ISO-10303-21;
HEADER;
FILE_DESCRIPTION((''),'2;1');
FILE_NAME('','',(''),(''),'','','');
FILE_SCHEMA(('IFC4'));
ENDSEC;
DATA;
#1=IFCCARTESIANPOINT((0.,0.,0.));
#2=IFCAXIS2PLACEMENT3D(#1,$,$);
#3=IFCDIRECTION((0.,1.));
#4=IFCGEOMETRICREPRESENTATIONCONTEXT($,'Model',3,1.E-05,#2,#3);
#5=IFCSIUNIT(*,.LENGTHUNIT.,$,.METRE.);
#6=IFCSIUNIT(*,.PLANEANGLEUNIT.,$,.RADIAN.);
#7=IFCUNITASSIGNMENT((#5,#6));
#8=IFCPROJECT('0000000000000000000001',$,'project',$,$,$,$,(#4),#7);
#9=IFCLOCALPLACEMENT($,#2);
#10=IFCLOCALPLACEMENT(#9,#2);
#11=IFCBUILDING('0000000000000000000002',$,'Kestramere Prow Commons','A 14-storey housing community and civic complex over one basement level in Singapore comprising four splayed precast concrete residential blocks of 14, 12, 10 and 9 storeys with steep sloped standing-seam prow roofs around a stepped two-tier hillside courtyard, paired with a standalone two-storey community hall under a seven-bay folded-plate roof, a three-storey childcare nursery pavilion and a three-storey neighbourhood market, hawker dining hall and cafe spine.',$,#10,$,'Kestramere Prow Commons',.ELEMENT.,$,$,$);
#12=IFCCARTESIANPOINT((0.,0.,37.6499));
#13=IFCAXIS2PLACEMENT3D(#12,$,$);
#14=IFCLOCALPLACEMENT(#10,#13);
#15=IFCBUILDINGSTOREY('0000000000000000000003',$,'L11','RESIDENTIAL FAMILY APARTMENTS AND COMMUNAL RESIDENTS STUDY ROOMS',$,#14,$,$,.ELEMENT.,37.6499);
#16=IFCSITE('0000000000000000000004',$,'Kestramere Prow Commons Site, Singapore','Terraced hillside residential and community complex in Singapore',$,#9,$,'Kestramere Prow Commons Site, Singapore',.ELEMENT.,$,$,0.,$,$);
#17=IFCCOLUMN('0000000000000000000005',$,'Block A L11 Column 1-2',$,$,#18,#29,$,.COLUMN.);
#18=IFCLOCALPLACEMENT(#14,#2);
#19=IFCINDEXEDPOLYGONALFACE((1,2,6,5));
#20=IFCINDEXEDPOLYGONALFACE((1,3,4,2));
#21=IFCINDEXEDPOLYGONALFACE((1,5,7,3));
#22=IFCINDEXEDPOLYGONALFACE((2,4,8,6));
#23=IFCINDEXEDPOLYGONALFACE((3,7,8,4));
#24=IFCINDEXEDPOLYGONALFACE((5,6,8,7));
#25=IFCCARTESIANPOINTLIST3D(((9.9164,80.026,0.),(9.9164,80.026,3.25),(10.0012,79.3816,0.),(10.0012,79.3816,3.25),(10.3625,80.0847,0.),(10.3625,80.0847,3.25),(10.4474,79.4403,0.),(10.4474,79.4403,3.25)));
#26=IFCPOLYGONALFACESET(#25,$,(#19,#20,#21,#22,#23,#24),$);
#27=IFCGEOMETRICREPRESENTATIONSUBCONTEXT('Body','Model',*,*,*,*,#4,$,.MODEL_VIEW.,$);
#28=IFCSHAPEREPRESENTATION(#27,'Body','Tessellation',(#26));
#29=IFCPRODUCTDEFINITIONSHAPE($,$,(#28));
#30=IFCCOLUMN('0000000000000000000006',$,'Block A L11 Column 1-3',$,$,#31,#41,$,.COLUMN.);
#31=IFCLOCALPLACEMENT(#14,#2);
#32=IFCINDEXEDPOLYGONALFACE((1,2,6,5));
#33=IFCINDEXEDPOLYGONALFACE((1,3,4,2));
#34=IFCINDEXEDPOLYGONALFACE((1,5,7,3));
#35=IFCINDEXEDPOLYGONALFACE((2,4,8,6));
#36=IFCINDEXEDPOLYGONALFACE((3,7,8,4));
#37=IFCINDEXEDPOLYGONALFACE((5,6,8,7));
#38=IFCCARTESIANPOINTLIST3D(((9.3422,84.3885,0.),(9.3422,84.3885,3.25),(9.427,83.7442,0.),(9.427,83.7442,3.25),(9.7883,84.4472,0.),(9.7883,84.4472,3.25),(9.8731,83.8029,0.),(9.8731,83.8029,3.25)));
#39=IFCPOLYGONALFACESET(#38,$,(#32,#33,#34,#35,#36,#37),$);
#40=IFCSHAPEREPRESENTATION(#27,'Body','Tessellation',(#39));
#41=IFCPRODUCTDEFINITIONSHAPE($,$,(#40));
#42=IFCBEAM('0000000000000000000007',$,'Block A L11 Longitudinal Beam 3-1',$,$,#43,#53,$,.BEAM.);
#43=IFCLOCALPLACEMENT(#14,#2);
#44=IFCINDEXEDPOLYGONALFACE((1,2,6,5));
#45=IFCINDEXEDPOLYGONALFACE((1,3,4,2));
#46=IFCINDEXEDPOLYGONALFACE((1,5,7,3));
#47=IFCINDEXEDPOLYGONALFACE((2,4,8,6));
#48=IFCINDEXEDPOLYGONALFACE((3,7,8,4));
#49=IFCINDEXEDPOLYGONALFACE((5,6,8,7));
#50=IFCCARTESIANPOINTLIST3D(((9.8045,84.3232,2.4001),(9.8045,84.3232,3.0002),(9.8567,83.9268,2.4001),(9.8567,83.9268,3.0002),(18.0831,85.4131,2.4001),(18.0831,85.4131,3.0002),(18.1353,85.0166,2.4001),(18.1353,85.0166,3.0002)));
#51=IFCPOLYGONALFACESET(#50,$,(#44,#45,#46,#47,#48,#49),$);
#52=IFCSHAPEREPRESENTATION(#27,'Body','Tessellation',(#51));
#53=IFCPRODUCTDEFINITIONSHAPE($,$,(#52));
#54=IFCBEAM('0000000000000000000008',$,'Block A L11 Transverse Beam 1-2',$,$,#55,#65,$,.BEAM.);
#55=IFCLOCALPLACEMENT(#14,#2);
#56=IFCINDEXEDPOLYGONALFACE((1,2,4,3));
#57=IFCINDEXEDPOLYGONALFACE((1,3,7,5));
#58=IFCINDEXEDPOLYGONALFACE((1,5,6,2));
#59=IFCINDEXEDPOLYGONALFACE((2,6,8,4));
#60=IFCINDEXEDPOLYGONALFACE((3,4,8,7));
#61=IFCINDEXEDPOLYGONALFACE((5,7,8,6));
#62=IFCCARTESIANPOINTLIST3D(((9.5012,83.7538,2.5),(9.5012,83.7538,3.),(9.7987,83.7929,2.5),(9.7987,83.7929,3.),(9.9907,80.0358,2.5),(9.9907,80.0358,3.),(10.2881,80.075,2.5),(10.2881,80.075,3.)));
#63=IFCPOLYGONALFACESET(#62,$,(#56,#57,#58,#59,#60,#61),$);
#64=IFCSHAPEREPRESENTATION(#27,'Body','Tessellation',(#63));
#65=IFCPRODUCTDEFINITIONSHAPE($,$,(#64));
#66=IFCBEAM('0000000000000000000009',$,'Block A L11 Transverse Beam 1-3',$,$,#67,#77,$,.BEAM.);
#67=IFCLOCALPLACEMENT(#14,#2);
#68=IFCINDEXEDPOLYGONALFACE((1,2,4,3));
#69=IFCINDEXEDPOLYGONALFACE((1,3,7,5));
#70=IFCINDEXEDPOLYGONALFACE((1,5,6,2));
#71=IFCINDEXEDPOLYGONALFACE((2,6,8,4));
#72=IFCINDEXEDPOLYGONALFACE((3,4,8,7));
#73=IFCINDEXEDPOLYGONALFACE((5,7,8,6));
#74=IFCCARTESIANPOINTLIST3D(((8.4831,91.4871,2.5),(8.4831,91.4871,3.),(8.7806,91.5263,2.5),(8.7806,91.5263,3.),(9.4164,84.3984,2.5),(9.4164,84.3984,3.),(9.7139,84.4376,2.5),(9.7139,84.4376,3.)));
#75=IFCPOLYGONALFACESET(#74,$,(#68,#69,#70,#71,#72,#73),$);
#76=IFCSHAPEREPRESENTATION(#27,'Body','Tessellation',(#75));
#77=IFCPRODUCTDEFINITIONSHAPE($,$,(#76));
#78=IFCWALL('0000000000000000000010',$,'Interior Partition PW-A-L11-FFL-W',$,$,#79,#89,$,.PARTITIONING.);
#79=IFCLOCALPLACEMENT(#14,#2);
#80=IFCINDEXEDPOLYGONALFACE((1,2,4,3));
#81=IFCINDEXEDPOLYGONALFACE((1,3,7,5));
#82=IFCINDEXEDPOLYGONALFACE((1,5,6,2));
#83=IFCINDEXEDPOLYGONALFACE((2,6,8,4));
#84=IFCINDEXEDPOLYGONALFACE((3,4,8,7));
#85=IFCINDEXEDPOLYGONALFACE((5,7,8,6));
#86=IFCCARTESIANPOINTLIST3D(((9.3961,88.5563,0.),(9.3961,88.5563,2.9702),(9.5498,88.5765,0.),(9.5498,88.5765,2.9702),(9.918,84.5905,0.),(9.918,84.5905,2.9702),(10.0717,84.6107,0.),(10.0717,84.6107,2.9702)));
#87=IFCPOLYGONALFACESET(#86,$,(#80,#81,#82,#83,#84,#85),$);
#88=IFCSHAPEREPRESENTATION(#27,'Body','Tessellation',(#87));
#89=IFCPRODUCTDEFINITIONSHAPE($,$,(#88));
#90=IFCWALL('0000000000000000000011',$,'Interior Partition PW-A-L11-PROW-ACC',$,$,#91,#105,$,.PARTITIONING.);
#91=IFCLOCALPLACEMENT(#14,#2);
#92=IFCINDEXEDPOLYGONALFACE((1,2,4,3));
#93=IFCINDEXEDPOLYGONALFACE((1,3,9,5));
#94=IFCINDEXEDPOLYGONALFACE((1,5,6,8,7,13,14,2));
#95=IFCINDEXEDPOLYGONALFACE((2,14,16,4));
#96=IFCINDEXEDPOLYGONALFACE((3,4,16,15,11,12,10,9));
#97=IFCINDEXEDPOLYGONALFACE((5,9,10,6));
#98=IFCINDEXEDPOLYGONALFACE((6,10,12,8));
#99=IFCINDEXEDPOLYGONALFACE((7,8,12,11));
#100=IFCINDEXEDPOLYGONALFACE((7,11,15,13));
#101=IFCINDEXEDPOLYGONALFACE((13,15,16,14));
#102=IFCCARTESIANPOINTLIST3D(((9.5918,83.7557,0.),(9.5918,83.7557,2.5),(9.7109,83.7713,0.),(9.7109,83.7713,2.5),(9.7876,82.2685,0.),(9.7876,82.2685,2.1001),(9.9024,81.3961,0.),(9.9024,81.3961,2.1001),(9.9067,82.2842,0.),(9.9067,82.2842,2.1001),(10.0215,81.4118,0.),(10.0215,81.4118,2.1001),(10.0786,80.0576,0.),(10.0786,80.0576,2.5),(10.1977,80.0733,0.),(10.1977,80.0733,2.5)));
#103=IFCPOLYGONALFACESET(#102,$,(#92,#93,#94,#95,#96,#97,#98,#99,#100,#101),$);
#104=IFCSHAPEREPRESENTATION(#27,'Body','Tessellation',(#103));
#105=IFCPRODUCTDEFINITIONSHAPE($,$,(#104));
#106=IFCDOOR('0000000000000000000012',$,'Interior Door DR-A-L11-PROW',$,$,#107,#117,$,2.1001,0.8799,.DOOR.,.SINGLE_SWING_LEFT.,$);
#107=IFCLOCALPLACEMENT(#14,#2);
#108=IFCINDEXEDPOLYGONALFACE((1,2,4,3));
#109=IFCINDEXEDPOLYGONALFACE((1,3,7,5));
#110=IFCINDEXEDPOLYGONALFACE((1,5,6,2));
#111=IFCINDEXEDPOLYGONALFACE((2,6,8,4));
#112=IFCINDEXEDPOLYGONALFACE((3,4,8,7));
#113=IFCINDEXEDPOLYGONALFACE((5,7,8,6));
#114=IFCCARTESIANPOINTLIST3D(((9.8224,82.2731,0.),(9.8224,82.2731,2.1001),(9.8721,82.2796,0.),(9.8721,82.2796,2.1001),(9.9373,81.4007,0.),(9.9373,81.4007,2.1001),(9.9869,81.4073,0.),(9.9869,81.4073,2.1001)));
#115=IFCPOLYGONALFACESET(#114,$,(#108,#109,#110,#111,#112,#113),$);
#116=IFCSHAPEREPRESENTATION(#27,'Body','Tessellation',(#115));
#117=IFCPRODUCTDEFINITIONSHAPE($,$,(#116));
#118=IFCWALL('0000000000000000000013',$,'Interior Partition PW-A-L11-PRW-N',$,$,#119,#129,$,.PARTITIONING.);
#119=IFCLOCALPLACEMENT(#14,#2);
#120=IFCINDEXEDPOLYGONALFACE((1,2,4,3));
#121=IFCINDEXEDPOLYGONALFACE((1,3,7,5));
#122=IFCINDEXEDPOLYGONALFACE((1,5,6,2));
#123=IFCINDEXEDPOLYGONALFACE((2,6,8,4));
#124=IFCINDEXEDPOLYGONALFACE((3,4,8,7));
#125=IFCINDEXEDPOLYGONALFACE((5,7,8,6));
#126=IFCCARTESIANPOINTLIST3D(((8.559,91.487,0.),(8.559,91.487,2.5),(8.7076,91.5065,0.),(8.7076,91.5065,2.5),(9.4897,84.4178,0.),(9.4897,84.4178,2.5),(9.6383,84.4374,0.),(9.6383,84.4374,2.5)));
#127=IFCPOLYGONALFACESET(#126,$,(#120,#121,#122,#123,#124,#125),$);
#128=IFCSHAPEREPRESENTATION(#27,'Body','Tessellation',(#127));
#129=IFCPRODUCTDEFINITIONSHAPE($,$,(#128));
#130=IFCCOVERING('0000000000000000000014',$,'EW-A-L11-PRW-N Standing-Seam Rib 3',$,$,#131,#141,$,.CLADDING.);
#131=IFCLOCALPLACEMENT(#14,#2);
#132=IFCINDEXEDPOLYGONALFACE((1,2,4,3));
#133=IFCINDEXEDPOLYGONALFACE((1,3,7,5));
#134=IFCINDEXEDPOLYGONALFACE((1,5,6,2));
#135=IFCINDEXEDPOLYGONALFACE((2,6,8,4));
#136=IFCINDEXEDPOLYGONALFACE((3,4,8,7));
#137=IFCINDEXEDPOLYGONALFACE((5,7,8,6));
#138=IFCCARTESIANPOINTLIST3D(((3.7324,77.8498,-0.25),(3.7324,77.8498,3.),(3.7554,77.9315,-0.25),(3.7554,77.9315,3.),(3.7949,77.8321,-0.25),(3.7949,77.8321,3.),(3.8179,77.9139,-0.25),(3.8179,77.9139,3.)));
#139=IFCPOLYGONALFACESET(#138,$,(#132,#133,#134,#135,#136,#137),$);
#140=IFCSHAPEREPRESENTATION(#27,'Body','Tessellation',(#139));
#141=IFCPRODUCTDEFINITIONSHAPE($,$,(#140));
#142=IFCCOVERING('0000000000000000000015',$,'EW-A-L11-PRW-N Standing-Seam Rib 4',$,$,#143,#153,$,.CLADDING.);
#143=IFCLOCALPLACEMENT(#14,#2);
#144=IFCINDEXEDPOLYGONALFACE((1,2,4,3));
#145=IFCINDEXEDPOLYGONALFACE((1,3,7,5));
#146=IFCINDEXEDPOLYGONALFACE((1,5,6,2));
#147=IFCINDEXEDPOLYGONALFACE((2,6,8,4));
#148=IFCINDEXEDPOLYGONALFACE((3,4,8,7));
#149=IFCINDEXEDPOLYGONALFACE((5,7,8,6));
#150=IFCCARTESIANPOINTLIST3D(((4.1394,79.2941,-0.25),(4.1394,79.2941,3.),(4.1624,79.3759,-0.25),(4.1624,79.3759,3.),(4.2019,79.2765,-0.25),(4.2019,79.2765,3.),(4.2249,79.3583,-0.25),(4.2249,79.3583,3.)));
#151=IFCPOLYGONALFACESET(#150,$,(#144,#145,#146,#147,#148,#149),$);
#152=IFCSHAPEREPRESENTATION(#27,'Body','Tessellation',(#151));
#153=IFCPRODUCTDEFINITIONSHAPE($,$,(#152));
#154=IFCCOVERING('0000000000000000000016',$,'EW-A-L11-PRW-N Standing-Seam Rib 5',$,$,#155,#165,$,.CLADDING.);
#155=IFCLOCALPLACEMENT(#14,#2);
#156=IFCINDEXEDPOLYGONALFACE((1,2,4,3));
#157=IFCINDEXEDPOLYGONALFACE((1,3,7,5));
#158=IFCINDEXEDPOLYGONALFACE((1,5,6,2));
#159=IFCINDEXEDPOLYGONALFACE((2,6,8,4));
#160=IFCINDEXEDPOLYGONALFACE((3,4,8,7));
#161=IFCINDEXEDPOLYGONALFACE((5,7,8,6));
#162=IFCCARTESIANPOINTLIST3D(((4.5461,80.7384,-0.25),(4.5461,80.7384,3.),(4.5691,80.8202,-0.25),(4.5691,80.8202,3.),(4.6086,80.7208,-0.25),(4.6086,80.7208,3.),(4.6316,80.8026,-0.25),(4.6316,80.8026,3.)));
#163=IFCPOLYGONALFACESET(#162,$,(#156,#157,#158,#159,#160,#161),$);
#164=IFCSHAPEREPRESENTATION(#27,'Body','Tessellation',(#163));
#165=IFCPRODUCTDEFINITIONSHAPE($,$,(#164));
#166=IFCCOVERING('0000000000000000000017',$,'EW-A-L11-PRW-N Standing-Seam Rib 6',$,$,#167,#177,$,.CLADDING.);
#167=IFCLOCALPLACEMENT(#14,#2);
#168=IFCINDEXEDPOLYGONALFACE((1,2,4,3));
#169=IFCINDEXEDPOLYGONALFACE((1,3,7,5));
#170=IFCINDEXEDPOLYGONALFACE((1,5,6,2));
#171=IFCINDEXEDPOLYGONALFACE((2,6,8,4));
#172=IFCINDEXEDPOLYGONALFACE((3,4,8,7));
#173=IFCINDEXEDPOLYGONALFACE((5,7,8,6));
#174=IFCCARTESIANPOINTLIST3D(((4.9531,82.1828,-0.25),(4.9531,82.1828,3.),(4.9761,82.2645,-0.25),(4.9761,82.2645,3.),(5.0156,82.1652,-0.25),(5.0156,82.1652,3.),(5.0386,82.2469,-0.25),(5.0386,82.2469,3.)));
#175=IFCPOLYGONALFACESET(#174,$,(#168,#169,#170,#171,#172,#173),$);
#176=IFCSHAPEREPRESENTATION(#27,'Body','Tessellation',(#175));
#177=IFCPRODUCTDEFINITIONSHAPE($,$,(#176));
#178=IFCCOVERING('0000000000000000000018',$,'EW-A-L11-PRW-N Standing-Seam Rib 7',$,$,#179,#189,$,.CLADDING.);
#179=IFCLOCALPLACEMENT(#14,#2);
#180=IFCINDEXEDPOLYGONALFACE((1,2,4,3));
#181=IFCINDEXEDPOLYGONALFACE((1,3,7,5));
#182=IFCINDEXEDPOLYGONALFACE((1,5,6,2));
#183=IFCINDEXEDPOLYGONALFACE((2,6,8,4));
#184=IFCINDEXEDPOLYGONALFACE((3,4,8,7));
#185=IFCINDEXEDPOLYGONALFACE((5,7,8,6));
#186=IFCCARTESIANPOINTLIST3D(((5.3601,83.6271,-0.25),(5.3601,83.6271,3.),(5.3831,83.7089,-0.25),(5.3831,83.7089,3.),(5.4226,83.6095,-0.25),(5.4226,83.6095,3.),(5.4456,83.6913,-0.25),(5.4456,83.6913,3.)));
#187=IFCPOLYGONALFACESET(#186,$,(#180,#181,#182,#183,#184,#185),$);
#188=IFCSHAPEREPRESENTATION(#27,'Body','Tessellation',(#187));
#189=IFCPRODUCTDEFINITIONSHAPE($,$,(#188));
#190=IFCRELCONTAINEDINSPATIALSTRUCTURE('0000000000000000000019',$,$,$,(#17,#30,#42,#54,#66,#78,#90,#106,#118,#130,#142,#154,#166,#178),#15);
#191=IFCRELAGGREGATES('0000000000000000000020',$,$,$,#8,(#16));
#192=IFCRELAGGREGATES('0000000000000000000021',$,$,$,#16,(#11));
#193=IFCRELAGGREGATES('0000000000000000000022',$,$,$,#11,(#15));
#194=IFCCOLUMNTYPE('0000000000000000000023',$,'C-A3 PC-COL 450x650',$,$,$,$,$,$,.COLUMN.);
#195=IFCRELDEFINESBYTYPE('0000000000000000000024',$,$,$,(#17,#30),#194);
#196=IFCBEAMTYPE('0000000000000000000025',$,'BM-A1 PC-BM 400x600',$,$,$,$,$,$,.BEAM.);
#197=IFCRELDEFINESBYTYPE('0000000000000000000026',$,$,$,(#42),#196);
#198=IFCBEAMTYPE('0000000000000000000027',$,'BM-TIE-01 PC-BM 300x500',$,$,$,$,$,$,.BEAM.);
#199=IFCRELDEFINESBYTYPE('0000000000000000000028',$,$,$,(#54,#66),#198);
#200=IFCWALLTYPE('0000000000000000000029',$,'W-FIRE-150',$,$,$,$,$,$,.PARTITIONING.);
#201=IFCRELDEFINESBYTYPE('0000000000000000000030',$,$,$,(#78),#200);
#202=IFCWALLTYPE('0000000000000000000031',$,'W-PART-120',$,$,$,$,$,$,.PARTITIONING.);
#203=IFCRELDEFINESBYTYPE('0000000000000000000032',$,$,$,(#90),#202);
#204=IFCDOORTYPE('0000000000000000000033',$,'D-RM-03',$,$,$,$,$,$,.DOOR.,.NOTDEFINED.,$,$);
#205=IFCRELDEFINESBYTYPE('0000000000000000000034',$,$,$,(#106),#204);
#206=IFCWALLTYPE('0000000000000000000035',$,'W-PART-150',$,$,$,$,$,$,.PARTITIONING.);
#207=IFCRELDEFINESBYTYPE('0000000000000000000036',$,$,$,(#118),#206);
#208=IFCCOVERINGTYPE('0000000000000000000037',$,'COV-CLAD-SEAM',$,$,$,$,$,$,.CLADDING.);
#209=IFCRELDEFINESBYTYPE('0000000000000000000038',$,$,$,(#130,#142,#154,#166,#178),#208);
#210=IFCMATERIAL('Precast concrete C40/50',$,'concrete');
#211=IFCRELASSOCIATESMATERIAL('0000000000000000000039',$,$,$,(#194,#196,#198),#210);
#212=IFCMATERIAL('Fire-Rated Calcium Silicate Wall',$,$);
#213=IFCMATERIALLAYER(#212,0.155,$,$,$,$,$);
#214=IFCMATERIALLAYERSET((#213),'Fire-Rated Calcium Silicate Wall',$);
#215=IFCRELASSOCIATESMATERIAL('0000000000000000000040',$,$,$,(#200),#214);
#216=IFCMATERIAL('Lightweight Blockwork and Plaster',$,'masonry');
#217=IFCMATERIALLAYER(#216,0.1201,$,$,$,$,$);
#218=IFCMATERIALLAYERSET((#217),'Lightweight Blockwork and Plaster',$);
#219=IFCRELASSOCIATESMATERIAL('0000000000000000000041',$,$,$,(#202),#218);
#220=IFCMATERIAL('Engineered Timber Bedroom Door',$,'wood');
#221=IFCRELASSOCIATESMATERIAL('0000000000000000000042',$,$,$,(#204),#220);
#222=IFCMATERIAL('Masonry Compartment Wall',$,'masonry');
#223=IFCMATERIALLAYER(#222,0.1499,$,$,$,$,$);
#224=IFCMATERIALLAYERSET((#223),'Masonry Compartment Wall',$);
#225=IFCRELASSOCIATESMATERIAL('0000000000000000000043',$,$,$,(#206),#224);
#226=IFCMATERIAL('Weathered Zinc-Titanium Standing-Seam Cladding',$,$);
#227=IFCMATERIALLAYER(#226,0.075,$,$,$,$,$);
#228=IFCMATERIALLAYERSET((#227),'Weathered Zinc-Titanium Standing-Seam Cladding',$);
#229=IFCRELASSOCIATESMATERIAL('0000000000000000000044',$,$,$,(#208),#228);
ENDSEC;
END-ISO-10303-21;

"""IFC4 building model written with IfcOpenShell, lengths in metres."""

from ifc_helpers import new_model, si_unit, direction, frame, frame_2d, origin, origin_2d, place, context, subcontext, project, spatial, rectangle, extrude, material, layer, layer_set, material_profile, profile_set, type_object, element, fill, save


model = new_model("IFC4")

# Units and contexts
model_context = context("Model", 3, precision=1e-05, world=origin(), true_north=direction((0.0, 1.0)))
body_context = subcontext(model_context, "Body", "Model", "MODEL_VIEW")
ifc_project = project(units=[si_unit("LENGTHUNIT", "METRE"), si_unit("PLANEANGLEUNIT", "RADIAN")], contexts=[model_context])

# Site, building, storey
site_placement = place(None, origin())
site = spatial("IfcSite", under=ifc_project, at=site_placement, Name="Kestramere Prow Commons Site, Singapore", Description="Terraced hillside residential and community complex in Singapore", LongName="Kestramere Prow Commons Site, Singapore", CompositionType="ELEMENT", RefElevation=0.0)
building_placement = place(site_placement, origin())
building = spatial("IfcBuilding", under=site, at=building_placement, Name="Kestramere Prow Commons", Description="A 14-storey housing community and civic complex over one basement level in Singapore comprising four splayed precast concrete residential blocks of 14, 12, 10 and 9 storeys with steep sloped standing-seam prow roofs around a stepped two-tier hillside courtyard, paired with a standalone two-storey community hall under a seven-bay folded-plate roof, a three-storey childcare nursery pavilion and a three-storey neighbourhood market, hawker dining hall and cafe spine.", LongName="Kestramere Prow Commons", CompositionType="ELEMENT")
storey_placement = place(building_placement, frame((0.0, 0.0, 37.6499)))
storey = spatial("IfcBuildingStorey", under=building, at=storey_placement, Name="L11", Description="RESIDENTIAL FAMILY APARTMENTS AND COMMUNAL RESIDENTS STUDY ROOMS", CompositionType="ELEMENT", Elevation=37.6499)

# Columns
ifc_material_1 = material(Name="Precast concrete C40/50", Category="concrete")
ifc_material_profile_1 = material_profile(ifc_material_1, rectangle(XDim=0.45, YDim=0.6499, at=origin_2d()), Name="PC-COL 450x650")
ifc_profile_set_1 = profile_set([ifc_material_profile_1], Name="Precast concrete C40/50")
column_type = type_object("IfcColumnType", Name="C-A3 PC-COL 450x650", PredefinedType="COLUMN", material=ifc_profile_set_1)
for number, where, z_axis, x_axis, name in (
    (1, (10.1819, 79.7332, 0.0), (0.0, 0.0, 1.0), (0.991445, 0.130526, 0.0), "Block A L11 Column 1-2"),
    (2, (9.6077, 84.0957, 0.0), (0.0, 0.0, 1.0), (0.991445, 0.130526, 0.0), "Block A L11 Column 1-3"),
):
    element("IfcColumn", number, at=place(storey_placement, frame(where, z_axis=z_axis, x_axis=x_axis)), inside=storey, type_object=column_type, Name=name, PredefinedType="COLUMN", context=body_context, shape_type="SweptSolid", body=[
        extrude(rectangle(XDim=0.45, YDim=0.6499, at=origin_2d()), origin(), (0.0, 0.0, 1.0), 3.25),
    ])

# Beams
ifc_material_profile_2 = material_profile(ifc_material_1, rectangle(XDim=0.3999, YDim=0.6001, at=origin_2d()), Name="PC-BM 400x600")
ifc_profile_set_2 = profile_set([ifc_material_profile_2], Name="Precast concrete C40/50")
beam_type_1 = type_object("IfcBeamType", Name="BM-A1 PC-BM 400x600", PredefinedType="BEAM", material=ifc_profile_set_2)
beam_1_placement = place(storey_placement, frame((9.8306, 84.125, 2.7002), z_axis=(0.991446, 0.13052, 0.0), x_axis=(-0.13052, 0.991446, 0.0)))
element("IfcBeam", 3, at=beam_1_placement, inside=storey, type_object=beam_type_1, Name="Block A L11 Longitudinal Beam 3-1", PredefinedType="BEAM", context=body_context, shape_type="SweptSolid", body=[
    extrude(rectangle(XDim=0.3999, YDim=0.6001, at=origin_2d()), origin(), (0.0, 0.0, 1.0), 8.3501),
])
ifc_material_profile_3 = material_profile(ifc_material_1, rectangle(XDim=0.3, YDim=0.5, at=origin_2d()), Name="PC-BM 300x500")
ifc_profile_set_3 = profile_set([ifc_material_profile_3], Name="Precast concrete C40/50")
beam_type_2 = type_object("IfcBeamType", Name="BM-TIE-01 PC-BM 300x500", PredefinedType="BEAM", material=ifc_profile_set_3)
beam_2_placement = place(storey_placement, frame((10.1394, 80.0554, 2.75), z_axis=(-0.13053, 0.991444, 0.0), x_axis=(-0.991444, -0.13053, 0.0)))
element("IfcBeam", 4, at=beam_2_placement, inside=storey, type_object=beam_type_2, Name="Block A L11 Transverse Beam 1-2", PredefinedType="BEAM", context=body_context, shape_type="SweptSolid", body=[
    extrude(rectangle(XDim=0.3, YDim=0.5, at=origin_2d()), origin(), (0.0, 0.0, 1.0), 3.75),
])
beam_3_placement = place(storey_placement, frame((9.5652, 84.418, 2.75), z_axis=(-0.130542, 0.991443, 0.0), x_axis=(-0.991443, -0.130542, 0.0)))
element("IfcBeam", 5, at=beam_3_placement, inside=storey, type_object=beam_type_2, Name="Block A L11 Transverse Beam 1-3", PredefinedType="BEAM", context=body_context, shape_type="SweptSolid", body=[
    extrude(rectangle(XDim=0.3, YDim=0.5, at=origin_2d()), origin(), (0.0, 0.0, 1.0), 7.1499),
])

# Shared definitions
ifc_material_2 = material(Name="Fire-Rated Calcium Silicate Wall")
ifc_layer_1 = layer(ifc_material_2, 0.155)
ifc_layer_set_1 = layer_set([ifc_layer_1], Name="Fire-Rated Calcium Silicate Wall")
wall_type_1 = type_object("IfcWallType", Name="W-FIRE-150", PredefinedType="PARTITIONING", material=ifc_layer_set_1)

# Wall
wall_1_placement = place(storey_placement, frame((9.9949, 84.6006, 0.0), z_axis=(0.0, 0.0, 1.0), x_axis=(-0.130492, 0.991449, 0.0)))
element("IfcWall", 6, at=wall_1_placement, inside=storey, type_object=wall_type_1, Name="Interior Partition PW-A-L11-FFL-W", PredefinedType="PARTITIONING", context=body_context, shape_type="SweptSolid", body=[
    extrude(rectangle(XDim=4.0, YDim=0.155, at=frame_2d((2.0, 0.0))), origin(), (0.0, 0.0, 1.0), 2.9702),
])

# Wall, opening, door
ifc_material_3 = material(Name="Lightweight Blockwork and Plaster", Category="masonry")
ifc_layer_2 = layer(ifc_material_3, 0.1201)
ifc_layer_set_2 = layer_set([ifc_layer_2], Name="Lightweight Blockwork and Plaster")
wall_type_2 = type_object("IfcWallType", Name="W-PART-120", PredefinedType="PARTITIONING", material=ifc_layer_set_2)
wall_2_placement = place(storey_placement, frame((10.1382, 80.0654, 0.0), z_axis=(0.0, 0.0, 1.0), x_axis=(-0.130517, 0.991446, 0.0)))
wall_2 = element("IfcWall", 7, at=wall_2_placement, inside=storey, type_object=wall_type_2, Name="Interior Partition PW-A-L11-PROW-ACC", PredefinedType="PARTITIONING", context=body_context, shape_type="SweptSolid", body=[
    extrude(rectangle(XDim=3.73, YDim=0.1201, at=frame_2d((1.865, 0.0))), origin(), (0.0, 0.0, 1.0), 2.5),
])
opening_1_placement = place(wall_2_placement, frame((1.3501, 0.0, 0.0)))
opening_1 = element("IfcOpeningElement", 8, at=opening_1_placement, cuts=wall_2, PredefinedType="OPENING", context=body_context, shape_type="SweptSolid", body=[
    extrude(rectangle(XDim=0.8799, YDim=2.1001, at=frame_2d((0.4399, 1.05))), frame((0.0, 0.075, 0.0), z_axis=(0.0, -1.0, 0.0), x_axis=(1.0, 0.0, 0.0)), (0.0, 0.0, 1.0), 0.1501),
])
ifc_material_4 = material(Name="Engineered Timber Bedroom Door", Category="wood")
door_type_1 = type_object("IfcDoorType", Name="D-RM-03", OperationType="NOTDEFINED", PredefinedType="DOOR", material=ifc_material_4)
door_1_placement = place(opening_1_placement, origin())
door_1 = element("IfcDoor", 9, at=door_1_placement, inside=storey, type_object=door_type_1, Name="Interior Door DR-A-L11-PROW", OperationType="SINGLE_SWING_LEFT", OverallHeight=2.1001, OverallWidth=0.8799, PredefinedType="DOOR", context=body_context, shape_type="SweptSolid", body=[
    extrude(rectangle(XDim=0.8799, YDim=2.1001, at=frame_2d((0.4399, 1.05))), frame((0.0, 0.0249, 0.0), z_axis=(0.0, -1.0, 0.0), x_axis=(1.0, 0.0, 0.0)), (0.0, 0.0, 1.0), 0.05),
])
fill(opening_1, door_1)

# Wall
ifc_material_5 = material(Name="Masonry Compartment Wall", Category="masonry")
ifc_layer_3 = layer(ifc_material_5, 0.1499)
ifc_layer_set_3 = layer_set([ifc_layer_3], Name="Masonry Compartment Wall")
wall_type_3 = type_object("IfcWallType", Name="W-PART-150", PredefinedType="PARTITIONING", material=ifc_layer_set_3)
wall_3_placement = place(storey_placement, frame((9.564, 84.4277, 0.0), z_axis=(0.0, 0.0, 1.0), x_axis=(-0.130526, 0.991445, 0.0)))
element("IfcWall", 10, at=wall_3_placement, inside=storey, type_object=wall_type_3, Name="Interior Partition PW-A-L11-PRW-N", PredefinedType="PARTITIONING", context=body_context, shape_type="SweptSolid", body=[
    extrude(rectangle(XDim=7.1301, YDim=0.1499, at=frame_2d((3.5649, 0.0))), origin(), (0.0, 0.0, 1.0), 2.5),
])

# Coverings
ifc_material_6 = material(Name="Weathered Zinc-Titanium Standing-Seam Cladding")
ifc_layer_4 = layer(ifc_material_6, 0.075)
ifc_layer_set_4 = layer_set([ifc_layer_4], Name="Weathered Zinc-Titanium Standing-Seam Cladding")
covering_type = type_object("IfcCoveringType", Name="COV-CLAD-SEAM", PredefinedType="CLADDING", material=ifc_layer_set_4)
for number, where, z_axis, x_axis, name in (
    (11, (3.7751, 77.8818, -0.25), (0.0, 0.0, 1.0), (0.27116, 0.962534, 0.0), "EW-A-L11-PRW-N Standing-Seam Rib 3"),
    (12, (4.1821, 79.3262, -0.25), (0.0, 0.0, 1.0), (0.27116, 0.962534, 0.0), "EW-A-L11-PRW-N Standing-Seam Rib 4"),
    (13, (4.5889, 80.7705, -0.25), (0.0, 0.0, 1.0), (0.27116, 0.962534, 0.0), "EW-A-L11-PRW-N Standing-Seam Rib 5"),
    (14, (4.9958, 82.2148, -0.25), (0.0, 0.0, 1.0), (0.27116, 0.962534, 0.0), "EW-A-L11-PRW-N Standing-Seam Rib 6"),
    (15, (5.4028, 83.6592, -0.25), (0.0, 0.0, 1.0), (0.27116, 0.962534, 0.0), "EW-A-L11-PRW-N Standing-Seam Rib 7"),
):
    element("IfcCovering", number, at=place(storey_placement, frame(where, z_axis=z_axis, x_axis=x_axis)), inside=storey, type_object=covering_type, Name=name, PredefinedType="CLADDING", context=body_context, shape_type="SweptSolid", body=[
        extrude(rectangle(XDim=0.085, YDim=0.0649, at=origin_2d()), origin(), (0.0, 0.0, 1.0), 3.25),
    ])

save(model, "model.ifc")
